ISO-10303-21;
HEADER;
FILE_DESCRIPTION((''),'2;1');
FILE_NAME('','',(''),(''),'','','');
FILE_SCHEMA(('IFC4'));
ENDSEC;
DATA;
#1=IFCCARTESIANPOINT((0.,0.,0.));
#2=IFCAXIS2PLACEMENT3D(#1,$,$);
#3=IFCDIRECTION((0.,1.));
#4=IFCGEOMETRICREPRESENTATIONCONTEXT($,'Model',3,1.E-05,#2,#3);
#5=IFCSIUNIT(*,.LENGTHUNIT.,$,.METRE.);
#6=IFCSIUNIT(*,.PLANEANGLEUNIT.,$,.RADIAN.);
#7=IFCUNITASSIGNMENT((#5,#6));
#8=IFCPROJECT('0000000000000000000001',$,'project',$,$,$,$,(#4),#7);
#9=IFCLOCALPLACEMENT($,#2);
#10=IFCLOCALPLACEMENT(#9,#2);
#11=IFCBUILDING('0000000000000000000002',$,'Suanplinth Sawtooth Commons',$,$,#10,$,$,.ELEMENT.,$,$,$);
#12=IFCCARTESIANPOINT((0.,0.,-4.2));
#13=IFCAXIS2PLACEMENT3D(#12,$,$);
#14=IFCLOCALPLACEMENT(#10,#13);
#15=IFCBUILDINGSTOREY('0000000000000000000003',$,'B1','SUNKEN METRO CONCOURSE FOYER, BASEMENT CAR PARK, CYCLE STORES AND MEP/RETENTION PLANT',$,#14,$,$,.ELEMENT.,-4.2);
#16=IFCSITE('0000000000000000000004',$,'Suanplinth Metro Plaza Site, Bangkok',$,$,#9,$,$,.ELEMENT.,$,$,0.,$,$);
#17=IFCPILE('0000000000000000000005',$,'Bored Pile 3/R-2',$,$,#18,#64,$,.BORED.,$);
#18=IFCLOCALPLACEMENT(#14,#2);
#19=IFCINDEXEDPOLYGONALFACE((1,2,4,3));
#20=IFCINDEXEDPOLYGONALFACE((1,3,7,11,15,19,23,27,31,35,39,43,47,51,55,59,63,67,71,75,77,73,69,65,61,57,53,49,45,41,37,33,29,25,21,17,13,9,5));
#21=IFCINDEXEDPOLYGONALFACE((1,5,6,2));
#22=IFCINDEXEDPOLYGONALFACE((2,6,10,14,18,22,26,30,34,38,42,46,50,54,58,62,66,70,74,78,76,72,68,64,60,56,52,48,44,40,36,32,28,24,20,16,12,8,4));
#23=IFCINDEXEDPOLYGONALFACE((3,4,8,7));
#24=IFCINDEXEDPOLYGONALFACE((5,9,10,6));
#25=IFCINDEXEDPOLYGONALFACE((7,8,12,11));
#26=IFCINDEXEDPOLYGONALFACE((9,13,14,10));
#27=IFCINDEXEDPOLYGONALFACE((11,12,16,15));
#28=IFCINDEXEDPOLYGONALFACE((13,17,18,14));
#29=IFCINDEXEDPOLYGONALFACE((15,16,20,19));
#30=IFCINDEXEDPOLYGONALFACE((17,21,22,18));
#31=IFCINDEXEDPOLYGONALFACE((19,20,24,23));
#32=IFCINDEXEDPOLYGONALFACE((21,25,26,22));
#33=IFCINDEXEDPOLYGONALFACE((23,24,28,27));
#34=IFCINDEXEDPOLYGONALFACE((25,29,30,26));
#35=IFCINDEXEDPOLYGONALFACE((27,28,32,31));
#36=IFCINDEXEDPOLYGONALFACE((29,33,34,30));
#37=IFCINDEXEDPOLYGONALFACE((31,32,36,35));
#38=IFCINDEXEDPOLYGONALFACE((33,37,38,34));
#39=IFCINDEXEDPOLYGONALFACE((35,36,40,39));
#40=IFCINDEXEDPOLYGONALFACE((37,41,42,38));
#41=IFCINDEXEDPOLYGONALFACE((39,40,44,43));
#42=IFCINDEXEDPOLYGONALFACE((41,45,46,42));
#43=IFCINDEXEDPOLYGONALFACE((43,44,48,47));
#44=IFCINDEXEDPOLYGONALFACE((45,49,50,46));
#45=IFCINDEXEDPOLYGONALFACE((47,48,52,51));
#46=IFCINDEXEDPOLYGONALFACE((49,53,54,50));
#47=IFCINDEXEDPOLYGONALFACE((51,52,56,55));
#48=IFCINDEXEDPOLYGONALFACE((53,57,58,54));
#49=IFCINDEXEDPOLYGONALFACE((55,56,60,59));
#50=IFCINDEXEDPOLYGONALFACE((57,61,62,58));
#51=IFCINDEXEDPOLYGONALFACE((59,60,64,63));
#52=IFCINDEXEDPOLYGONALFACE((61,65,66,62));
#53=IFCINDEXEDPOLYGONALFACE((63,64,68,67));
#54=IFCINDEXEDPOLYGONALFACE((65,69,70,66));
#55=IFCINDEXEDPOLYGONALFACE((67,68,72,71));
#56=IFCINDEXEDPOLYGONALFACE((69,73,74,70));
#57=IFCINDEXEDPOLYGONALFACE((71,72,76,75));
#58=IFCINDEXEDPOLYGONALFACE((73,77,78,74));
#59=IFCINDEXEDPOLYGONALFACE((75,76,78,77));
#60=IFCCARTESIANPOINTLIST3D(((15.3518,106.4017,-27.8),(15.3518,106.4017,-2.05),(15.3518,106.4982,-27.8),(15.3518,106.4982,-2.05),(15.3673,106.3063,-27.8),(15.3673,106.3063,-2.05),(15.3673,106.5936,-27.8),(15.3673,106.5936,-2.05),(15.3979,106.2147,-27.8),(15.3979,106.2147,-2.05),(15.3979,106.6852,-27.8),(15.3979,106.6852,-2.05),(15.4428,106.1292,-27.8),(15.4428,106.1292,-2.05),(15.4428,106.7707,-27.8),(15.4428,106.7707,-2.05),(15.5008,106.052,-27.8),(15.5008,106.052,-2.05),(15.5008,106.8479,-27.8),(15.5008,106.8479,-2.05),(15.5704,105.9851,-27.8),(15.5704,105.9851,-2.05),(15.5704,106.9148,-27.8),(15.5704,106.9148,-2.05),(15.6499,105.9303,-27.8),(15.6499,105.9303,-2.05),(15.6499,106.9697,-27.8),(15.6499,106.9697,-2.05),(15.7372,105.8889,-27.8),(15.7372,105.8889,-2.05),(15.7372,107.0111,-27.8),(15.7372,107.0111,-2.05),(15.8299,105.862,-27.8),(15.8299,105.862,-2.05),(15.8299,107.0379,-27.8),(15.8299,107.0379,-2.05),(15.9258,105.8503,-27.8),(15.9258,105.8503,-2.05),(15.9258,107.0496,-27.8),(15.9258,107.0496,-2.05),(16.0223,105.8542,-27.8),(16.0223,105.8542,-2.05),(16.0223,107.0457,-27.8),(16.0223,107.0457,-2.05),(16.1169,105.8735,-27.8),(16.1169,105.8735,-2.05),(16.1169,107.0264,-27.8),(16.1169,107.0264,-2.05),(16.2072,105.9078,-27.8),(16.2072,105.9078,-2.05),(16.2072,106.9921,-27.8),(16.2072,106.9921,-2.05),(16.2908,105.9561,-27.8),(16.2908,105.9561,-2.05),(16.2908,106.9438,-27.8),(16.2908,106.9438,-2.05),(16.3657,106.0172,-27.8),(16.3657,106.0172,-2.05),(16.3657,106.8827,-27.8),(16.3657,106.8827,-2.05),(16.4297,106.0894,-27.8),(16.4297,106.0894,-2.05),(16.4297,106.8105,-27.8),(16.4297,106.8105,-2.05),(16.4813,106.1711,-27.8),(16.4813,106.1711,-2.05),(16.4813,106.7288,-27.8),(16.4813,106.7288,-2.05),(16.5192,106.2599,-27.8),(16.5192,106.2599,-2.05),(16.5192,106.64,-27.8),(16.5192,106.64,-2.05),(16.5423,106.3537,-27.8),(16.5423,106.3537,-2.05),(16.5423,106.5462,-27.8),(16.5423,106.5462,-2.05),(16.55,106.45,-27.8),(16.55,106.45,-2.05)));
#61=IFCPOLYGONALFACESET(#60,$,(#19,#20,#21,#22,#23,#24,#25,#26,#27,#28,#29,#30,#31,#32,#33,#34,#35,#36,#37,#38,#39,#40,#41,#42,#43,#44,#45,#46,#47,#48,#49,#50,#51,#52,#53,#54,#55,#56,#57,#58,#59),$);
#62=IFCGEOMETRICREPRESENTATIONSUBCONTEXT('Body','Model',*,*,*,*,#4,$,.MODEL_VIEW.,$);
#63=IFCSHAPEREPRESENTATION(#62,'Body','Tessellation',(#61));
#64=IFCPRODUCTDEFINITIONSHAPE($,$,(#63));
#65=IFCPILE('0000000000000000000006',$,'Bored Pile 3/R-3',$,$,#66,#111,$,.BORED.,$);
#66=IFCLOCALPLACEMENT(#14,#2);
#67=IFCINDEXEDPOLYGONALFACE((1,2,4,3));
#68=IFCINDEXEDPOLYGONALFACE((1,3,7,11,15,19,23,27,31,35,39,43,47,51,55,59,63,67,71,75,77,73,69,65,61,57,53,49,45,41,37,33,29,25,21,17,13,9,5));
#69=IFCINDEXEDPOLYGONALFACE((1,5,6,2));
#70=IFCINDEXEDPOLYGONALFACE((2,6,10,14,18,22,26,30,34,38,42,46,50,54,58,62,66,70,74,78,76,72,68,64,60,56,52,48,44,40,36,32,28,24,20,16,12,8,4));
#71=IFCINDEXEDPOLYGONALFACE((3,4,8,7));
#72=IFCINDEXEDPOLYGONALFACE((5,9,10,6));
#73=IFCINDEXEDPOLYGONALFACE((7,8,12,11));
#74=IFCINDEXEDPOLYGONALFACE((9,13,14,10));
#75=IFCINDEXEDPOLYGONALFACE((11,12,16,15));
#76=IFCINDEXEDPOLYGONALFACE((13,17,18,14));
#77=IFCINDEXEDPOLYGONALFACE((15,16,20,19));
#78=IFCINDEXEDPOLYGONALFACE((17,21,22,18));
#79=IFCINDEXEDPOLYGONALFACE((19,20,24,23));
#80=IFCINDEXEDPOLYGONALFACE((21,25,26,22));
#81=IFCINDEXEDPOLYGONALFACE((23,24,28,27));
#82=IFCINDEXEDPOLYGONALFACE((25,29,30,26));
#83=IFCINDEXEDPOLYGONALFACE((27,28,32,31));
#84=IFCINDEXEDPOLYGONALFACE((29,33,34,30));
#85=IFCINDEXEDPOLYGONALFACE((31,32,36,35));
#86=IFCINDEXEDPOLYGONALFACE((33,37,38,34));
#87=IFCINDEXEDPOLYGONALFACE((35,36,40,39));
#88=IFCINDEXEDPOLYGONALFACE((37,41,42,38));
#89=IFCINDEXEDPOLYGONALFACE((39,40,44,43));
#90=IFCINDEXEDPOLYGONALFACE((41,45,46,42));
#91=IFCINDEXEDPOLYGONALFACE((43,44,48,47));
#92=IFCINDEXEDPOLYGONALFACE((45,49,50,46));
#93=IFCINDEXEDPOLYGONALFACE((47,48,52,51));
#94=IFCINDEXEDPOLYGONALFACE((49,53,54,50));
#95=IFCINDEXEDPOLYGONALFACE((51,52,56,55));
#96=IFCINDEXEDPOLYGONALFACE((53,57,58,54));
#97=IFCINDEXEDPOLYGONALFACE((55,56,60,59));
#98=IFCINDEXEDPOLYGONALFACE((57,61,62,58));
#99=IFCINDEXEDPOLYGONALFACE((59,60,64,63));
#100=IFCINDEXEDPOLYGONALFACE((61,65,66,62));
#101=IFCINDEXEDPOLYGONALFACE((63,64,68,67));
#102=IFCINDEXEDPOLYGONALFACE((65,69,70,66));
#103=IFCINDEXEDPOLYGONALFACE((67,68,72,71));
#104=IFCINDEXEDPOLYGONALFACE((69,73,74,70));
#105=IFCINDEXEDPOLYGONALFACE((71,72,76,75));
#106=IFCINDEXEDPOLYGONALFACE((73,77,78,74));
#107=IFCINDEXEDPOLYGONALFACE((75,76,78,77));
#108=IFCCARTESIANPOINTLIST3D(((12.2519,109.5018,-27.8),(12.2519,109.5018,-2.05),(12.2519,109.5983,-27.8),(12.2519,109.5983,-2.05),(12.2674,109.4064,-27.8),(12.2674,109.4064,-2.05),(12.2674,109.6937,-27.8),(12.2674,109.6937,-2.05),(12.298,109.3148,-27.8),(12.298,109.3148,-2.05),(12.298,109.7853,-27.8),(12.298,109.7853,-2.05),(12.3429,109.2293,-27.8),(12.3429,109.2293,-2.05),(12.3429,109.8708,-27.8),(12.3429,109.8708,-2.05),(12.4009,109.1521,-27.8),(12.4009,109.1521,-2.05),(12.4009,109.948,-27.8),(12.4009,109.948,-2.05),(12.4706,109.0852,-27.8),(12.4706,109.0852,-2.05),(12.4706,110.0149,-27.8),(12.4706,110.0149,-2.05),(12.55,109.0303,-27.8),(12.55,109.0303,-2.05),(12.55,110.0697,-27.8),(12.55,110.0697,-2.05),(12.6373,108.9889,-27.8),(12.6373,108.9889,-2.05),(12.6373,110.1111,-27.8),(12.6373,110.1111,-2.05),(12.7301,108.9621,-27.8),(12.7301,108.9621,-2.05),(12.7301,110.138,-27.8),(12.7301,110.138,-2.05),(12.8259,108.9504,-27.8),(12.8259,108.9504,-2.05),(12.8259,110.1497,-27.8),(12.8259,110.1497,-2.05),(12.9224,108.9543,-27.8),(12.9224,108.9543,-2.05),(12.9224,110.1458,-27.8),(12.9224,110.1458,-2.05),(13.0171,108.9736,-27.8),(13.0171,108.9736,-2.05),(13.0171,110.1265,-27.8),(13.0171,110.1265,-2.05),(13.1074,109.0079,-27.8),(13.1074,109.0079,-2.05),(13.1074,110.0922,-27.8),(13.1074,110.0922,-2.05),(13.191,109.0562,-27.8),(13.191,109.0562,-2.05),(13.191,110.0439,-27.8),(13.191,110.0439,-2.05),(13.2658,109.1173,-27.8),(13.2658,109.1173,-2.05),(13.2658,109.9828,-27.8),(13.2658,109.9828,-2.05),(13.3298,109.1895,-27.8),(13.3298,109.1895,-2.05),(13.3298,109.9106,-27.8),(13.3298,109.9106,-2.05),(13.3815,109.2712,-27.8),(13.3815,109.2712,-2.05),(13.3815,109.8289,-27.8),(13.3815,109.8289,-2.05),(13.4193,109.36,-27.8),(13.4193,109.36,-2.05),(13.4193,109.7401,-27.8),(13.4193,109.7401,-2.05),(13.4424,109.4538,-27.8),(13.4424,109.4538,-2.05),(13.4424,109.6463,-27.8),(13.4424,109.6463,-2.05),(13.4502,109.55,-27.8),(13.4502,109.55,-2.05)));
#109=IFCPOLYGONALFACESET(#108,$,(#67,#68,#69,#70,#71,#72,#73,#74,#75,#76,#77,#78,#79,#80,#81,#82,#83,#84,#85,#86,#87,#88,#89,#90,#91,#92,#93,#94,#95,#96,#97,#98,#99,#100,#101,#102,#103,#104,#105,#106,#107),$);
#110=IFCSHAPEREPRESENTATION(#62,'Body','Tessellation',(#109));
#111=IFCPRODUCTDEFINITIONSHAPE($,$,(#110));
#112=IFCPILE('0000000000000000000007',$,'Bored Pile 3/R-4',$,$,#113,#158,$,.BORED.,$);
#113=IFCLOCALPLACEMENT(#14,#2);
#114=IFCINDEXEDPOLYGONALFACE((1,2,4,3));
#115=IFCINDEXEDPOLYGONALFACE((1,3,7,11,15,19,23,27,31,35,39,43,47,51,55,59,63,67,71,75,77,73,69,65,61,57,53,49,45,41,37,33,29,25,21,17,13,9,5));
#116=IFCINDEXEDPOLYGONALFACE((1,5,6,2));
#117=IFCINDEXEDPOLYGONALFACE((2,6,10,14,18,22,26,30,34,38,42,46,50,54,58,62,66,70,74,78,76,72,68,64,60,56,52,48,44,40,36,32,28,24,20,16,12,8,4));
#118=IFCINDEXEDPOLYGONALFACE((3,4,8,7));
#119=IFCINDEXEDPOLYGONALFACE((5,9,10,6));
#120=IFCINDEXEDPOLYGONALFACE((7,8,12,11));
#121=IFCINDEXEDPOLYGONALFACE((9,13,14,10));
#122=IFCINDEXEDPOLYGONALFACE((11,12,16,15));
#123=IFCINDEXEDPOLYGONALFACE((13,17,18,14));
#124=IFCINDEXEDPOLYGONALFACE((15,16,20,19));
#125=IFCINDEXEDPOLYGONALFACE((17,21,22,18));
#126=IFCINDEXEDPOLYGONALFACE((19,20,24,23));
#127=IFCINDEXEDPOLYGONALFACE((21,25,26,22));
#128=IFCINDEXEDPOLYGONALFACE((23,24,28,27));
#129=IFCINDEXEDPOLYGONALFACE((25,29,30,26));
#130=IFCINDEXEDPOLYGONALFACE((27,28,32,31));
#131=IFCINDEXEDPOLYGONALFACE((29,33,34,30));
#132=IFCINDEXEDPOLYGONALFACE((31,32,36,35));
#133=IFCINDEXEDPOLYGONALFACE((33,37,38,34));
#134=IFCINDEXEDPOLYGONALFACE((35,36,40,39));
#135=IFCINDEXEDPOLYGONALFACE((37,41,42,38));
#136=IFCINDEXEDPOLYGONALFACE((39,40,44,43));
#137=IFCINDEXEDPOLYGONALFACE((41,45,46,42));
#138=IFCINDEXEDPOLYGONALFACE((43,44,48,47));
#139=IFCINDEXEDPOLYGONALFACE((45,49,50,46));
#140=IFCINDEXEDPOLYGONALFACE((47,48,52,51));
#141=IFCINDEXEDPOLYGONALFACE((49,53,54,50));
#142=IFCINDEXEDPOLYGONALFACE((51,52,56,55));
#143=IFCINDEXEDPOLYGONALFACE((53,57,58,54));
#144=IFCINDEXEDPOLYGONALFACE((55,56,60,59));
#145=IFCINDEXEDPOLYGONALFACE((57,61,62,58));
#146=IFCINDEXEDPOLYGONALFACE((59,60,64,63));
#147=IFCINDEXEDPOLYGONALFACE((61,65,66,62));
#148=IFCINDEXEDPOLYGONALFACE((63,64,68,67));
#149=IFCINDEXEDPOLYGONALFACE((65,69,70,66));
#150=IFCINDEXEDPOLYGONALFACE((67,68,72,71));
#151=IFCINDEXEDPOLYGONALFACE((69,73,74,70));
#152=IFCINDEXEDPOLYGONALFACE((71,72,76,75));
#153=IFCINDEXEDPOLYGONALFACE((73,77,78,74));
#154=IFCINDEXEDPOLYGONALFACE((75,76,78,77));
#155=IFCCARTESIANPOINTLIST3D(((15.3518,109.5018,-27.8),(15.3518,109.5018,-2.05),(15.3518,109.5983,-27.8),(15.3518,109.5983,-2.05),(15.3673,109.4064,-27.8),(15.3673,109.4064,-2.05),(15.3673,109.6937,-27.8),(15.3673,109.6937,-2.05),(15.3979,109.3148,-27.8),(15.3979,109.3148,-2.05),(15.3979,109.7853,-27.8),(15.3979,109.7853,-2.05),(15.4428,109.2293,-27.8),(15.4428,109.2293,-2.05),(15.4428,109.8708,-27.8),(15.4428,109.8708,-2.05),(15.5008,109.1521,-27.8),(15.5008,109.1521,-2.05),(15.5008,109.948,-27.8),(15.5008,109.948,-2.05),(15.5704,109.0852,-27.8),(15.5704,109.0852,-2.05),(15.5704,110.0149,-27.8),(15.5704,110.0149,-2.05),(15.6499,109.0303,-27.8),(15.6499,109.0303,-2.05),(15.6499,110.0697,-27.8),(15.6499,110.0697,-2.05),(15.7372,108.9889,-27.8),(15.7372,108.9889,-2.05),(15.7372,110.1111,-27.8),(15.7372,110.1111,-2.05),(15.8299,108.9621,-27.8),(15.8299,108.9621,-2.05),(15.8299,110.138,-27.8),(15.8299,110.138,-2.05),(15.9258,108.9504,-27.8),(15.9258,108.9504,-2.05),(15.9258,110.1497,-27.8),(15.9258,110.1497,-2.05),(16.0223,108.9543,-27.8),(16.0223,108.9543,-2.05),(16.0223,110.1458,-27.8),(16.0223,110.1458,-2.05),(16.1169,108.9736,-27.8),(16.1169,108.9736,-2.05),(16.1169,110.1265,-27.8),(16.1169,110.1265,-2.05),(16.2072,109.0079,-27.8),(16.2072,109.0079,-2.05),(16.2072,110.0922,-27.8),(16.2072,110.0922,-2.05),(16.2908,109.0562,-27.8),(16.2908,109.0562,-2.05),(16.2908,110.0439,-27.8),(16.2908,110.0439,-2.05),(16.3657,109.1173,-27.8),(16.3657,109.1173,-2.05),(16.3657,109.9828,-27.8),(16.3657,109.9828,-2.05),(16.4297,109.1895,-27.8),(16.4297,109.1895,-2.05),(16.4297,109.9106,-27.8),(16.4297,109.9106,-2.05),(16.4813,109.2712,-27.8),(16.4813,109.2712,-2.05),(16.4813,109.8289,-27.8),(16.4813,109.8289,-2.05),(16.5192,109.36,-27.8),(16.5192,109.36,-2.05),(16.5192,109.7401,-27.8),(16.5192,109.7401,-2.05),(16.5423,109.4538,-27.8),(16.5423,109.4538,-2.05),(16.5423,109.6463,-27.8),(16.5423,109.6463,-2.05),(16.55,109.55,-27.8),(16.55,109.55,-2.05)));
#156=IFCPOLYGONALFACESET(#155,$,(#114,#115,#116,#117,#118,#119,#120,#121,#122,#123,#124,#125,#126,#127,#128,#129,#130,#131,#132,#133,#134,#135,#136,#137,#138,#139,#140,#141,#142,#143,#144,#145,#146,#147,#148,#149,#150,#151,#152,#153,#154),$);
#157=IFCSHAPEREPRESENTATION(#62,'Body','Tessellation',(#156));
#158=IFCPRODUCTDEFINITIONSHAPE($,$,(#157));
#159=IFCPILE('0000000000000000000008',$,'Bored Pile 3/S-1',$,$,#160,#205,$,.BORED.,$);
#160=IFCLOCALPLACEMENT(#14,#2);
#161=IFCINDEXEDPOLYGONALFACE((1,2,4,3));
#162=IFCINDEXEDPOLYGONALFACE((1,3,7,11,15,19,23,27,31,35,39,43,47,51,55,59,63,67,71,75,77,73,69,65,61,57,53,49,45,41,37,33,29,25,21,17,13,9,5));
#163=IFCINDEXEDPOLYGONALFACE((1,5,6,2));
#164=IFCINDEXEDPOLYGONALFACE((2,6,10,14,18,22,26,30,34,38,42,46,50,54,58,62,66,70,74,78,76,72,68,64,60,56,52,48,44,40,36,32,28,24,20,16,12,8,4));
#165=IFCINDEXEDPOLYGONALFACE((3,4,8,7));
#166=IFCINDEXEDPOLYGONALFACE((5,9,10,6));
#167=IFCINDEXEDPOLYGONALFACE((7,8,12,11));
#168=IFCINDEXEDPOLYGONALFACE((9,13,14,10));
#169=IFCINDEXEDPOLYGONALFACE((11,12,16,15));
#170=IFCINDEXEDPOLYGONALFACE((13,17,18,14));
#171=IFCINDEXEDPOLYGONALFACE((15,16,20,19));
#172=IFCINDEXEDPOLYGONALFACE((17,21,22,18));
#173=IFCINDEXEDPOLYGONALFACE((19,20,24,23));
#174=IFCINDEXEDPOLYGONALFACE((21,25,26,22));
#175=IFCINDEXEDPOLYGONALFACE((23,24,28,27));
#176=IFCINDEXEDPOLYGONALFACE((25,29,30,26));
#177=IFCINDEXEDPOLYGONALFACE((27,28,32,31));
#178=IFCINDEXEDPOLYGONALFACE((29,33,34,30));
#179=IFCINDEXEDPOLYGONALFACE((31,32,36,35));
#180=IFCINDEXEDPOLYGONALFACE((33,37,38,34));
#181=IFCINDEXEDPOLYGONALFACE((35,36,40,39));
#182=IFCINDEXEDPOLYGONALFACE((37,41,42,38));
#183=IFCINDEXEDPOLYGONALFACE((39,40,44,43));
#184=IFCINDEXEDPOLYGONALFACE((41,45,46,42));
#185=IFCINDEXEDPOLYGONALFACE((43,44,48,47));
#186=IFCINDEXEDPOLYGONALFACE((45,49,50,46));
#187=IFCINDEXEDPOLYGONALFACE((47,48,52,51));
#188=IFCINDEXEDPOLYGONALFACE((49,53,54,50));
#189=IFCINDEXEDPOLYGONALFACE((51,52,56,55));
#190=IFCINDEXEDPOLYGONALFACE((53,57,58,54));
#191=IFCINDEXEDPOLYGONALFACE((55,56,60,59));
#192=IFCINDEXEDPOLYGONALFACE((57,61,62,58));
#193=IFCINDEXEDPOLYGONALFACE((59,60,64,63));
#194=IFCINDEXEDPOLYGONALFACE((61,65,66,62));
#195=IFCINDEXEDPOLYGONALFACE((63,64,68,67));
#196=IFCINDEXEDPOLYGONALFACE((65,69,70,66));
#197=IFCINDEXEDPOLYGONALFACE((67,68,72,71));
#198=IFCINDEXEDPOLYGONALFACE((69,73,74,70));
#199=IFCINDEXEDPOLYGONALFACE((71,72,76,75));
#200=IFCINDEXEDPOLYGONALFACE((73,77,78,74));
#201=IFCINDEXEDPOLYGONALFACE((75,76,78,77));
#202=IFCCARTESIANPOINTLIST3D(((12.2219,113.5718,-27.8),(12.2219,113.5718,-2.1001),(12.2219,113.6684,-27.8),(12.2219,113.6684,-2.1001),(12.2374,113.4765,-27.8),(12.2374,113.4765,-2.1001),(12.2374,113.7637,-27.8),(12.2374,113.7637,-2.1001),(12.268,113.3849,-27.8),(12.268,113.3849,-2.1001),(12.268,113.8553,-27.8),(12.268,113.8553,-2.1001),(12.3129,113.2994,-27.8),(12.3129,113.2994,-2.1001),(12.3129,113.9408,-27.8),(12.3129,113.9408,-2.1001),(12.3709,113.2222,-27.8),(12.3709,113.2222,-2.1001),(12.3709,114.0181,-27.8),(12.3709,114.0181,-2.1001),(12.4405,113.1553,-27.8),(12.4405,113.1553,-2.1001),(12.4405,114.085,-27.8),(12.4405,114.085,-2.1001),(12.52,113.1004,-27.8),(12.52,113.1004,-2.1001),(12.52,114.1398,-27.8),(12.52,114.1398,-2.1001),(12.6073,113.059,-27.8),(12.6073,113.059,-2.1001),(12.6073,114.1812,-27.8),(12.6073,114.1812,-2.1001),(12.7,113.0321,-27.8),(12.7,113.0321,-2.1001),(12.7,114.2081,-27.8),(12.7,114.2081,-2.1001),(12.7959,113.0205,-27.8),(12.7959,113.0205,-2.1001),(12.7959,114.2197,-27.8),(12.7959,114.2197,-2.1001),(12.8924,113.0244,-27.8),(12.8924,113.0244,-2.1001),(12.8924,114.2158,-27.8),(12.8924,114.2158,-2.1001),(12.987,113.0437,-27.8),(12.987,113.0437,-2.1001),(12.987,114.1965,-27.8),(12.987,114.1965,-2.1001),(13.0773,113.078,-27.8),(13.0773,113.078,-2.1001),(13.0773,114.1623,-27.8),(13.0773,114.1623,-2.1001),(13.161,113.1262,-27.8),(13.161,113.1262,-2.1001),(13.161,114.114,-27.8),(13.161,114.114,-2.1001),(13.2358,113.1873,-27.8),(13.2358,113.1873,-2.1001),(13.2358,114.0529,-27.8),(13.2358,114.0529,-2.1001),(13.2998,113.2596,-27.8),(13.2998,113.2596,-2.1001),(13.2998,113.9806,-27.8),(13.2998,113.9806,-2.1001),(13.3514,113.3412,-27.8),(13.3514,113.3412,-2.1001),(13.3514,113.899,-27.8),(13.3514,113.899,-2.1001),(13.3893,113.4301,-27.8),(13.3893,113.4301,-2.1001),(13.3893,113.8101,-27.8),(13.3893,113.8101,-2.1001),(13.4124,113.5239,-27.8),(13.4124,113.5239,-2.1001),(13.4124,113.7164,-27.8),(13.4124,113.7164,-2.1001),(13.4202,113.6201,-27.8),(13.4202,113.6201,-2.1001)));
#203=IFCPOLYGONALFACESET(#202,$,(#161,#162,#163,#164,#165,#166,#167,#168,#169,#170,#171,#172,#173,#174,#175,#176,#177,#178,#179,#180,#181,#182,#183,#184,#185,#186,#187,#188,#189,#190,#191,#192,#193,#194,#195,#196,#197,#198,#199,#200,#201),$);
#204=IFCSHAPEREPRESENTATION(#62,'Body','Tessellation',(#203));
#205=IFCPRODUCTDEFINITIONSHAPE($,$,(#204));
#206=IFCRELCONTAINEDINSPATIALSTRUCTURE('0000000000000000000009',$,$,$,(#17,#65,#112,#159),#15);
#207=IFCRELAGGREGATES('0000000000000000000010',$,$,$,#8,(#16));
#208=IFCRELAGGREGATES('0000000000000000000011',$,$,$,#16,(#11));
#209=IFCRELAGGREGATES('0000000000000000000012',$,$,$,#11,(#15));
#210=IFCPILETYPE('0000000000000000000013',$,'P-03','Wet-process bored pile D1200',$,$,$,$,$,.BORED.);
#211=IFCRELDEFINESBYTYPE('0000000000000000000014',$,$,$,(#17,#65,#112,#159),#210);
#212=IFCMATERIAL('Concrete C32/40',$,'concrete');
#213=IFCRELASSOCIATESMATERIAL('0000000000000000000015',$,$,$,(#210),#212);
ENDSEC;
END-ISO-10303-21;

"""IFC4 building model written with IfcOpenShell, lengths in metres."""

from ifc_helpers import new_model, si_unit, direction, frame, origin, origin_2d, place, context, subcontext, project, spatial, circle, extrude, material, material_profile, profile_set, type_object, element, save


model = new_model("IFC4")

# Units and contexts
model_context = context("Model", 3, precision=1e-05, world=origin(), true_north=direction((0.0, 1.0)))
body_context = subcontext(model_context, "Body", "Model", "MODEL_VIEW")
ifc_project = project(units=[si_unit("LENGTHUNIT", "METRE"), si_unit("PLANEANGLEUNIT", "RADIAN")], contexts=[model_context])

# Site, building, storey
site_placement = place(None, origin())
site = spatial("IfcSite", under=ifc_project, at=site_placement, Name="Suanplinth Metro Plaza Site, Bangkok", CompositionType="ELEMENT", RefElevation=0.0)
building_placement = place(site_placement, origin())
building = spatial("IfcBuilding", under=site, at=building_placement, Name="Suanplinth Sawtooth Commons", CompositionType="ELEMENT")
storey_placement = place(building_placement, frame((0.0, 0.0, -4.2)))
storey = spatial("IfcBuildingStorey", under=building, at=storey_placement, Name="B1", Description="SUNKEN METRO CONCOURSE FOYER, BASEMENT CAR PARK, CYCLE STORES AND MEP/RETENTION PLANT", CompositionType="ELEMENT", Elevation=-4.2)

# Piles
ifc_material_1 = material(Name="Concrete C32/40", Category="concrete")
ifc_material_profile_1 = material_profile(ifc_material_1, circle(Radius=0.6001, at=origin_2d()), Name="PILE D1200")
ifc_profile_set_1 = profile_set([ifc_material_profile_1], Name="Concrete C32/40")
pile_type = type_object("IfcPileType", Name="P-03", Description="Wet-process bored pile D1200", PredefinedType="BORED", material=ifc_profile_set_1)
for number, where, z_axis, x_axis, name in (
    (1, (15.95, 106.45, -2.05), (0.0, 0.0, -1.0), (1.0, 0.0, 0.0), "Bored Pile 3/R-2"),
    (2, (12.8501, 109.55, -2.05), (0.0, 0.0, -1.0), (1.0, 0.0, 0.0), "Bored Pile 3/R-3"),
    (3, (15.95, 109.55, -2.05), (0.0, 0.0, -1.0), (1.0, 0.0, 0.0), "Bored Pile 3/R-4"),
):
    element("IfcPile", number, at=place(storey_placement, frame(where, z_axis=z_axis, x_axis=x_axis)), inside=storey, type_object=pile_type, Name=name, PredefinedType="BORED", context=body_context, shape_type="SweptSolid", body=[
        extrude(circle(Radius=0.6001, at=origin_2d()), origin(), (0.0, 0.0, 1.0), 25.75),
    ])
for number, where, z_axis, x_axis, name in (
    (4, (12.8201, 113.6201, -2.1001), (0.0, 0.0, -1.0), (1.0, 0.0, 0.0), "Bored Pile 3/S-1"),
):
    element("IfcPile", number, at=place(storey_placement, frame(where, z_axis=z_axis, x_axis=x_axis)), inside=storey, type_object=pile_type, Name=name, PredefinedType="BORED", context=body_context, shape_type="SweptSolid", body=[
        extrude(circle(Radius=0.6001, at=origin_2d()), origin(), (0.0, 0.0, 1.0), 25.7),
    ])

save(model, "model.ifc")
